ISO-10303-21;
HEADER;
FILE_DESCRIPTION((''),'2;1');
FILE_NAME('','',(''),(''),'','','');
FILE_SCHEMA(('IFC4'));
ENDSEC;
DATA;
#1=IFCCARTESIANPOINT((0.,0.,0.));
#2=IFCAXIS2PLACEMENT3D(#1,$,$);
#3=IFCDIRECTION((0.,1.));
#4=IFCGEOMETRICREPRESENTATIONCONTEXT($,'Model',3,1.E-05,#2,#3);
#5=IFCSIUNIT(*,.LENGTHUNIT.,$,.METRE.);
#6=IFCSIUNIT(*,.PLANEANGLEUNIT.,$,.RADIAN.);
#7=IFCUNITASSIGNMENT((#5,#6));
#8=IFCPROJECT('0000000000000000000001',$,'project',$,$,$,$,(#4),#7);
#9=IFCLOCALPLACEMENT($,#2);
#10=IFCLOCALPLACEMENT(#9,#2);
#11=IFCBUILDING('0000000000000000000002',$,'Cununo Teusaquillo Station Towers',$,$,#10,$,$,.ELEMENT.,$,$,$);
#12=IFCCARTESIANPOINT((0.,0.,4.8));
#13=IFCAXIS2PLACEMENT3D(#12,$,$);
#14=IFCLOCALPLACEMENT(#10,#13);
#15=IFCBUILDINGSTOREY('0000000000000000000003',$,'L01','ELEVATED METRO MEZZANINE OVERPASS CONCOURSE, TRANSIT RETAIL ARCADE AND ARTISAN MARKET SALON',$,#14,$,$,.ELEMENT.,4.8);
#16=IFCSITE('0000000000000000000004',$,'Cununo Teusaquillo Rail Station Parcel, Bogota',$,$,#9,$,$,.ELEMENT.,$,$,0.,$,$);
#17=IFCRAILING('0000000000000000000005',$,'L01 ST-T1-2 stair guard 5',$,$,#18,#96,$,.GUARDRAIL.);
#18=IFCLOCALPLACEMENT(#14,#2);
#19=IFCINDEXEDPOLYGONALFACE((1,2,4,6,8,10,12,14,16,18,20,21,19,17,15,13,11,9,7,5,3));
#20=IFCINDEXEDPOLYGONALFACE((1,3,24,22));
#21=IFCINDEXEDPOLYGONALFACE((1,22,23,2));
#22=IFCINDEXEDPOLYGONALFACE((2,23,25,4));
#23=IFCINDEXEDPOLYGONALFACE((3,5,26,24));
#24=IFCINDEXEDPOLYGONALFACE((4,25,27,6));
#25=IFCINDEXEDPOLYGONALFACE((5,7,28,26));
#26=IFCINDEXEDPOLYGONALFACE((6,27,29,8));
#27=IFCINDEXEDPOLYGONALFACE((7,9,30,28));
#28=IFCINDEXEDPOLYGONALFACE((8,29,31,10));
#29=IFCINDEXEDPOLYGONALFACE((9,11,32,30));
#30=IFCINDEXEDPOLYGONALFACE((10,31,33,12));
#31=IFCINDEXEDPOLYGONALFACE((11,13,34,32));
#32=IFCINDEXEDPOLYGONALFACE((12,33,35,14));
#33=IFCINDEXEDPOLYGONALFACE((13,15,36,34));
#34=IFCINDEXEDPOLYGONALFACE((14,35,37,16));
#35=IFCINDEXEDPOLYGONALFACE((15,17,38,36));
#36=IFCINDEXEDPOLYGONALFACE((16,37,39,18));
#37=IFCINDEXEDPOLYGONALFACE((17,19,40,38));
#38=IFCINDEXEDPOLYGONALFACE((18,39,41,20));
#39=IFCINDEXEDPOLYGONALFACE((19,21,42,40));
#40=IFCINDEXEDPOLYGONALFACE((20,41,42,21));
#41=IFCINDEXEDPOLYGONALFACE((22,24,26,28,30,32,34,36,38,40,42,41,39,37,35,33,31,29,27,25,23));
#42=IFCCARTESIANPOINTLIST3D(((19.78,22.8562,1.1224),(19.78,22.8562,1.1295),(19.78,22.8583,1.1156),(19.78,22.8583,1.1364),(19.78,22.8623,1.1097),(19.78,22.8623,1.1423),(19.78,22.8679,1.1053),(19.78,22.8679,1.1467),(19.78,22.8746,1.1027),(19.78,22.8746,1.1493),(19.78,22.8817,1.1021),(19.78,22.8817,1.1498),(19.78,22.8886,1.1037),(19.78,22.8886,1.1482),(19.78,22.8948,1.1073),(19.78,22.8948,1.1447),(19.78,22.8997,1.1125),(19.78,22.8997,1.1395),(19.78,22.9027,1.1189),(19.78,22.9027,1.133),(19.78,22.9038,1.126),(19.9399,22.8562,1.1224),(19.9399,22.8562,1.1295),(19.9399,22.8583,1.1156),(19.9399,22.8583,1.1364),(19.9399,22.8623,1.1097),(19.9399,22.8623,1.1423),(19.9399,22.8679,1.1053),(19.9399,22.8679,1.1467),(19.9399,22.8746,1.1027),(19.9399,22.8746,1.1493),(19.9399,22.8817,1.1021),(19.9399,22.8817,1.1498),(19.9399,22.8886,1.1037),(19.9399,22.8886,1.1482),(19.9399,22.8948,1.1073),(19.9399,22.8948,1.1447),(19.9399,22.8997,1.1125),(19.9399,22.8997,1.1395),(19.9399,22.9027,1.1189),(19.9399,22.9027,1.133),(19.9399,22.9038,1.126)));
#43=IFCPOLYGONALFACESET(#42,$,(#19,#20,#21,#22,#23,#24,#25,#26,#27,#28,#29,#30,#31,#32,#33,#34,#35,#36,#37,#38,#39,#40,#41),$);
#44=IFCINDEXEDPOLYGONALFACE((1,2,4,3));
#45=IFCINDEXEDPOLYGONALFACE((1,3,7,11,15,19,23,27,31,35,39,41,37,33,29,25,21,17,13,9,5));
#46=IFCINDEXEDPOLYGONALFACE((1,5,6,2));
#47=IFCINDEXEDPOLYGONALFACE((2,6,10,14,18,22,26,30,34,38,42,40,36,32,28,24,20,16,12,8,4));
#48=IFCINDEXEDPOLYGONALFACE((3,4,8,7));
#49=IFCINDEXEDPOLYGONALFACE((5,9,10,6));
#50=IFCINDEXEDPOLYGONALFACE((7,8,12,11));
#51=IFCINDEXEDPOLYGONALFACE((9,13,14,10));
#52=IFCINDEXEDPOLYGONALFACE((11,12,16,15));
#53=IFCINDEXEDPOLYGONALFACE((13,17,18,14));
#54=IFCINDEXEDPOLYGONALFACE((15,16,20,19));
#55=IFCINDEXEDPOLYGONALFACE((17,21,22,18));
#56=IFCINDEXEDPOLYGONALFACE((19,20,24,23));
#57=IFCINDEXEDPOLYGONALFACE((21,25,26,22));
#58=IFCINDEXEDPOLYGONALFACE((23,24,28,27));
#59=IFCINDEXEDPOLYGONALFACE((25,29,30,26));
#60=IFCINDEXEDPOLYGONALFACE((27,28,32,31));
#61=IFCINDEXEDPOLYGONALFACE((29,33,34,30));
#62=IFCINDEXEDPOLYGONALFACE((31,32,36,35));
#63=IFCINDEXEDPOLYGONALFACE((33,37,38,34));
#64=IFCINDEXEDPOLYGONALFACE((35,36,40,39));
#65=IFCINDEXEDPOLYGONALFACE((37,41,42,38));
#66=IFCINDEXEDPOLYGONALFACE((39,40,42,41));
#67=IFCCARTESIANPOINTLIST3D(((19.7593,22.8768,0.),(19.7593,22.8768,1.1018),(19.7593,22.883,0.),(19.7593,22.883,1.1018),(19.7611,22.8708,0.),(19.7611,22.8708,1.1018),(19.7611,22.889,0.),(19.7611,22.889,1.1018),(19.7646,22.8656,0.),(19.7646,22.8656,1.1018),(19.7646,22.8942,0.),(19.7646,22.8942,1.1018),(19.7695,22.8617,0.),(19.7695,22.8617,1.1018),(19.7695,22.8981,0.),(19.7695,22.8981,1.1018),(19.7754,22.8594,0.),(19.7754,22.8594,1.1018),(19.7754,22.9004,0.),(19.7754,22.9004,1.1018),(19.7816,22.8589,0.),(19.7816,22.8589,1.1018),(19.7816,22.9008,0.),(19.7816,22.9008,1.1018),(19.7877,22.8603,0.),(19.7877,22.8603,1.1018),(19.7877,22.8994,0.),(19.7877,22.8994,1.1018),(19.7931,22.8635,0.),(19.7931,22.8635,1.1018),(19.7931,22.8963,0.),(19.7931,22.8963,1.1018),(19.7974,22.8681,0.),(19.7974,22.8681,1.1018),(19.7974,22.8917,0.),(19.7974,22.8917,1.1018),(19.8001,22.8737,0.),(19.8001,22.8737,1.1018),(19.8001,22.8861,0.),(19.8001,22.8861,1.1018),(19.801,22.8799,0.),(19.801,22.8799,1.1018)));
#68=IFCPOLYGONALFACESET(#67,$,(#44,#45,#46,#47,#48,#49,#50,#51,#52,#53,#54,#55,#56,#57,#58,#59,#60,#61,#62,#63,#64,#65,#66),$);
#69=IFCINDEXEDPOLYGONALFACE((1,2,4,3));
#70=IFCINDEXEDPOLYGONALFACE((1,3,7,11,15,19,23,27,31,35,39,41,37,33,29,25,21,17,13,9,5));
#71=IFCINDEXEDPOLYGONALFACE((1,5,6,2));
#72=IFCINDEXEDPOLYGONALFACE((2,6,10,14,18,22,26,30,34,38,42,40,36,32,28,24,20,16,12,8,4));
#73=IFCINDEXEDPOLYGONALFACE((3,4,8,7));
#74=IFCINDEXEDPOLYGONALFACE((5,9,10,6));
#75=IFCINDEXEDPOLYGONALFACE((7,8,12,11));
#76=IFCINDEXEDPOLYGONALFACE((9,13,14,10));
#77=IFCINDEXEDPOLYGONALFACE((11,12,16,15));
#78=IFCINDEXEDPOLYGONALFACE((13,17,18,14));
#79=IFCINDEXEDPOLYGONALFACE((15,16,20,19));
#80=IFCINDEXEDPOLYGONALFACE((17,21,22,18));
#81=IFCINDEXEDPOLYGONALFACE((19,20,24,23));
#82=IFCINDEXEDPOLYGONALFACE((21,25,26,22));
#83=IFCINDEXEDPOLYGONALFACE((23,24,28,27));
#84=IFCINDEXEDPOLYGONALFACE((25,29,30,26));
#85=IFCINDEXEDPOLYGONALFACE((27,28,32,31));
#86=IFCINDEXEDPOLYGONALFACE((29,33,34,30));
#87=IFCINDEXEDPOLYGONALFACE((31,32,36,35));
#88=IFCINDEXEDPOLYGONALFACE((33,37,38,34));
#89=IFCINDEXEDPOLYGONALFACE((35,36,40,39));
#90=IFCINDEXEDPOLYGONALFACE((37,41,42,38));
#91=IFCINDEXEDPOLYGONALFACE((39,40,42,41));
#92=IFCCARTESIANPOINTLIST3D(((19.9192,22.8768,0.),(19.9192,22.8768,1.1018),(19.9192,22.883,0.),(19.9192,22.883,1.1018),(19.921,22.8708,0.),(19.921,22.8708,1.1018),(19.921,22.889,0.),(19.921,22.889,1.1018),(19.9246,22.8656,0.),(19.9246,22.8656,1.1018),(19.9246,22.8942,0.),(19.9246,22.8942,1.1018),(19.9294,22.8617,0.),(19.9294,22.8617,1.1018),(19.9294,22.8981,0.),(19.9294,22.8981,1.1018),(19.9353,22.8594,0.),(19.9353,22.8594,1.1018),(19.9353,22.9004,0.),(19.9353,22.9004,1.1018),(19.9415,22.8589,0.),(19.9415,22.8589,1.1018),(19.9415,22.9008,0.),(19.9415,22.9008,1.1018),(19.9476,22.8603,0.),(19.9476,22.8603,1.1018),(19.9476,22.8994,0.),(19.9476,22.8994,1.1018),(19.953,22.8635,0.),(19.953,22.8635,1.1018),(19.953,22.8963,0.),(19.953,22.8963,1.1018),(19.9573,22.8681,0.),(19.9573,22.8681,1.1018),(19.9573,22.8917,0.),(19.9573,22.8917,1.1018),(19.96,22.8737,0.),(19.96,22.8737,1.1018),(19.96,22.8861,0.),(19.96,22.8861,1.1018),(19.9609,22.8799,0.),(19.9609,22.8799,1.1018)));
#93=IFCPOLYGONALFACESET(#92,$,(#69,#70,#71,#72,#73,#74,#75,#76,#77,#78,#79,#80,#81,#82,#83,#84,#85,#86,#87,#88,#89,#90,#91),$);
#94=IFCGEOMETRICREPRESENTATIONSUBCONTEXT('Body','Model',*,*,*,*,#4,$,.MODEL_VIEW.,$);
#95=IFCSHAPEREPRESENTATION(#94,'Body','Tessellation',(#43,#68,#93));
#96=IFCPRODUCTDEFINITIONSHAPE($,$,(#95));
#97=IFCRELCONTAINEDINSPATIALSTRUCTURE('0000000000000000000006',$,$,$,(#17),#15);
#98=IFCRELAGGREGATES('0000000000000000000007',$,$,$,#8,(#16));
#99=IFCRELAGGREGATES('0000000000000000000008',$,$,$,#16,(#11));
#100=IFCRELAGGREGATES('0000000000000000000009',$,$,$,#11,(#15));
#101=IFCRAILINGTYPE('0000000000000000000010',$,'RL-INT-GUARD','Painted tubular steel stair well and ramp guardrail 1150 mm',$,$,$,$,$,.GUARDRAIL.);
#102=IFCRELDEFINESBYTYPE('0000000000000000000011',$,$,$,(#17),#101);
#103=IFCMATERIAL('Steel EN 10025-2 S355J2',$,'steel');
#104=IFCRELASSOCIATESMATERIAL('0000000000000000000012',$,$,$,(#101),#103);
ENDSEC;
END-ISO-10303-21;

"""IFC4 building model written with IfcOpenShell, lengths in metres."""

from ifc_helpers import new_model, si_unit, direction, frame, origin, origin_2d, place, context, subcontext, project, spatial, circle, extrude, material, type_object, element, save


model = new_model("IFC4")

# Units and contexts
model_context = context("Model", 3, precision=1e-05, world=origin(), true_north=direction((0.0, 1.0)))
body_context = subcontext(model_context, "Body", "Model", "MODEL_VIEW")
ifc_project = project(units=[si_unit("LENGTHUNIT", "METRE"), si_unit("PLANEANGLEUNIT", "RADIAN")], contexts=[model_context])

# Site, building, storey
site_placement = place(None, origin())
site = spatial("IfcSite", under=ifc_project, at=site_placement, Name="Cununo Teusaquillo Rail Station Parcel, Bogota", CompositionType="ELEMENT", RefElevation=0.0)
building_placement = place(site_placement, origin())
building = spatial("IfcBuilding", under=site, at=building_placement, Name="Cununo Teusaquillo Station Towers", CompositionType="ELEMENT")
storey_placement = place(building_placement, frame((0.0, 0.0, 4.8)))
storey = spatial("IfcBuildingStorey", under=building, at=storey_placement, Name="L01", Description="ELEVATED METRO MEZZANINE OVERPASS CONCOURSE, TRANSIT RETAIL ARCADE AND ARTISAN MARKET SALON", CompositionType="ELEMENT", Elevation=4.8)

# Railing
ifc_material_1 = material(Name="Steel EN 10025-2 S355J2", Category="steel")
railing_type_1 = type_object("IfcRailingType", Name="RL-INT-GUARD", Description="Painted tubular steel stair well and ramp guardrail 1150 mm", PredefinedType="GUARDRAIL", material=ifc_material_1)
railing_1_placement = place(storey_placement, frame((19.78, 22.8799, 0.0)))
element("IfcRailing", 1, at=railing_1_placement, inside=storey, type_object=railing_type_1, Name="L01 ST-T1-2 stair guard 5", PredefinedType="GUARDRAIL", context=body_context, shape_type="SweptSolid", body=[
    extrude(circle(Radius=0.0239, at=origin_2d()), frame((0.0, 0.0, 1.126), z_axis=(1.0, 0.0, 0.0), x_axis=(0.0, 1.0, 0.0)), (0.0, 0.0, 1.0), 0.1599),
    extrude(circle(Radius=0.021, at=origin_2d()), origin(), (0.0, 0.0, 1.0), 1.1018),
    extrude(circle(Radius=0.021, at=origin_2d()), frame((0.1599, 0.0, 0.0)), (0.0, 0.0, 1.0), 1.1018),
])

save(model, "model.ifc")
